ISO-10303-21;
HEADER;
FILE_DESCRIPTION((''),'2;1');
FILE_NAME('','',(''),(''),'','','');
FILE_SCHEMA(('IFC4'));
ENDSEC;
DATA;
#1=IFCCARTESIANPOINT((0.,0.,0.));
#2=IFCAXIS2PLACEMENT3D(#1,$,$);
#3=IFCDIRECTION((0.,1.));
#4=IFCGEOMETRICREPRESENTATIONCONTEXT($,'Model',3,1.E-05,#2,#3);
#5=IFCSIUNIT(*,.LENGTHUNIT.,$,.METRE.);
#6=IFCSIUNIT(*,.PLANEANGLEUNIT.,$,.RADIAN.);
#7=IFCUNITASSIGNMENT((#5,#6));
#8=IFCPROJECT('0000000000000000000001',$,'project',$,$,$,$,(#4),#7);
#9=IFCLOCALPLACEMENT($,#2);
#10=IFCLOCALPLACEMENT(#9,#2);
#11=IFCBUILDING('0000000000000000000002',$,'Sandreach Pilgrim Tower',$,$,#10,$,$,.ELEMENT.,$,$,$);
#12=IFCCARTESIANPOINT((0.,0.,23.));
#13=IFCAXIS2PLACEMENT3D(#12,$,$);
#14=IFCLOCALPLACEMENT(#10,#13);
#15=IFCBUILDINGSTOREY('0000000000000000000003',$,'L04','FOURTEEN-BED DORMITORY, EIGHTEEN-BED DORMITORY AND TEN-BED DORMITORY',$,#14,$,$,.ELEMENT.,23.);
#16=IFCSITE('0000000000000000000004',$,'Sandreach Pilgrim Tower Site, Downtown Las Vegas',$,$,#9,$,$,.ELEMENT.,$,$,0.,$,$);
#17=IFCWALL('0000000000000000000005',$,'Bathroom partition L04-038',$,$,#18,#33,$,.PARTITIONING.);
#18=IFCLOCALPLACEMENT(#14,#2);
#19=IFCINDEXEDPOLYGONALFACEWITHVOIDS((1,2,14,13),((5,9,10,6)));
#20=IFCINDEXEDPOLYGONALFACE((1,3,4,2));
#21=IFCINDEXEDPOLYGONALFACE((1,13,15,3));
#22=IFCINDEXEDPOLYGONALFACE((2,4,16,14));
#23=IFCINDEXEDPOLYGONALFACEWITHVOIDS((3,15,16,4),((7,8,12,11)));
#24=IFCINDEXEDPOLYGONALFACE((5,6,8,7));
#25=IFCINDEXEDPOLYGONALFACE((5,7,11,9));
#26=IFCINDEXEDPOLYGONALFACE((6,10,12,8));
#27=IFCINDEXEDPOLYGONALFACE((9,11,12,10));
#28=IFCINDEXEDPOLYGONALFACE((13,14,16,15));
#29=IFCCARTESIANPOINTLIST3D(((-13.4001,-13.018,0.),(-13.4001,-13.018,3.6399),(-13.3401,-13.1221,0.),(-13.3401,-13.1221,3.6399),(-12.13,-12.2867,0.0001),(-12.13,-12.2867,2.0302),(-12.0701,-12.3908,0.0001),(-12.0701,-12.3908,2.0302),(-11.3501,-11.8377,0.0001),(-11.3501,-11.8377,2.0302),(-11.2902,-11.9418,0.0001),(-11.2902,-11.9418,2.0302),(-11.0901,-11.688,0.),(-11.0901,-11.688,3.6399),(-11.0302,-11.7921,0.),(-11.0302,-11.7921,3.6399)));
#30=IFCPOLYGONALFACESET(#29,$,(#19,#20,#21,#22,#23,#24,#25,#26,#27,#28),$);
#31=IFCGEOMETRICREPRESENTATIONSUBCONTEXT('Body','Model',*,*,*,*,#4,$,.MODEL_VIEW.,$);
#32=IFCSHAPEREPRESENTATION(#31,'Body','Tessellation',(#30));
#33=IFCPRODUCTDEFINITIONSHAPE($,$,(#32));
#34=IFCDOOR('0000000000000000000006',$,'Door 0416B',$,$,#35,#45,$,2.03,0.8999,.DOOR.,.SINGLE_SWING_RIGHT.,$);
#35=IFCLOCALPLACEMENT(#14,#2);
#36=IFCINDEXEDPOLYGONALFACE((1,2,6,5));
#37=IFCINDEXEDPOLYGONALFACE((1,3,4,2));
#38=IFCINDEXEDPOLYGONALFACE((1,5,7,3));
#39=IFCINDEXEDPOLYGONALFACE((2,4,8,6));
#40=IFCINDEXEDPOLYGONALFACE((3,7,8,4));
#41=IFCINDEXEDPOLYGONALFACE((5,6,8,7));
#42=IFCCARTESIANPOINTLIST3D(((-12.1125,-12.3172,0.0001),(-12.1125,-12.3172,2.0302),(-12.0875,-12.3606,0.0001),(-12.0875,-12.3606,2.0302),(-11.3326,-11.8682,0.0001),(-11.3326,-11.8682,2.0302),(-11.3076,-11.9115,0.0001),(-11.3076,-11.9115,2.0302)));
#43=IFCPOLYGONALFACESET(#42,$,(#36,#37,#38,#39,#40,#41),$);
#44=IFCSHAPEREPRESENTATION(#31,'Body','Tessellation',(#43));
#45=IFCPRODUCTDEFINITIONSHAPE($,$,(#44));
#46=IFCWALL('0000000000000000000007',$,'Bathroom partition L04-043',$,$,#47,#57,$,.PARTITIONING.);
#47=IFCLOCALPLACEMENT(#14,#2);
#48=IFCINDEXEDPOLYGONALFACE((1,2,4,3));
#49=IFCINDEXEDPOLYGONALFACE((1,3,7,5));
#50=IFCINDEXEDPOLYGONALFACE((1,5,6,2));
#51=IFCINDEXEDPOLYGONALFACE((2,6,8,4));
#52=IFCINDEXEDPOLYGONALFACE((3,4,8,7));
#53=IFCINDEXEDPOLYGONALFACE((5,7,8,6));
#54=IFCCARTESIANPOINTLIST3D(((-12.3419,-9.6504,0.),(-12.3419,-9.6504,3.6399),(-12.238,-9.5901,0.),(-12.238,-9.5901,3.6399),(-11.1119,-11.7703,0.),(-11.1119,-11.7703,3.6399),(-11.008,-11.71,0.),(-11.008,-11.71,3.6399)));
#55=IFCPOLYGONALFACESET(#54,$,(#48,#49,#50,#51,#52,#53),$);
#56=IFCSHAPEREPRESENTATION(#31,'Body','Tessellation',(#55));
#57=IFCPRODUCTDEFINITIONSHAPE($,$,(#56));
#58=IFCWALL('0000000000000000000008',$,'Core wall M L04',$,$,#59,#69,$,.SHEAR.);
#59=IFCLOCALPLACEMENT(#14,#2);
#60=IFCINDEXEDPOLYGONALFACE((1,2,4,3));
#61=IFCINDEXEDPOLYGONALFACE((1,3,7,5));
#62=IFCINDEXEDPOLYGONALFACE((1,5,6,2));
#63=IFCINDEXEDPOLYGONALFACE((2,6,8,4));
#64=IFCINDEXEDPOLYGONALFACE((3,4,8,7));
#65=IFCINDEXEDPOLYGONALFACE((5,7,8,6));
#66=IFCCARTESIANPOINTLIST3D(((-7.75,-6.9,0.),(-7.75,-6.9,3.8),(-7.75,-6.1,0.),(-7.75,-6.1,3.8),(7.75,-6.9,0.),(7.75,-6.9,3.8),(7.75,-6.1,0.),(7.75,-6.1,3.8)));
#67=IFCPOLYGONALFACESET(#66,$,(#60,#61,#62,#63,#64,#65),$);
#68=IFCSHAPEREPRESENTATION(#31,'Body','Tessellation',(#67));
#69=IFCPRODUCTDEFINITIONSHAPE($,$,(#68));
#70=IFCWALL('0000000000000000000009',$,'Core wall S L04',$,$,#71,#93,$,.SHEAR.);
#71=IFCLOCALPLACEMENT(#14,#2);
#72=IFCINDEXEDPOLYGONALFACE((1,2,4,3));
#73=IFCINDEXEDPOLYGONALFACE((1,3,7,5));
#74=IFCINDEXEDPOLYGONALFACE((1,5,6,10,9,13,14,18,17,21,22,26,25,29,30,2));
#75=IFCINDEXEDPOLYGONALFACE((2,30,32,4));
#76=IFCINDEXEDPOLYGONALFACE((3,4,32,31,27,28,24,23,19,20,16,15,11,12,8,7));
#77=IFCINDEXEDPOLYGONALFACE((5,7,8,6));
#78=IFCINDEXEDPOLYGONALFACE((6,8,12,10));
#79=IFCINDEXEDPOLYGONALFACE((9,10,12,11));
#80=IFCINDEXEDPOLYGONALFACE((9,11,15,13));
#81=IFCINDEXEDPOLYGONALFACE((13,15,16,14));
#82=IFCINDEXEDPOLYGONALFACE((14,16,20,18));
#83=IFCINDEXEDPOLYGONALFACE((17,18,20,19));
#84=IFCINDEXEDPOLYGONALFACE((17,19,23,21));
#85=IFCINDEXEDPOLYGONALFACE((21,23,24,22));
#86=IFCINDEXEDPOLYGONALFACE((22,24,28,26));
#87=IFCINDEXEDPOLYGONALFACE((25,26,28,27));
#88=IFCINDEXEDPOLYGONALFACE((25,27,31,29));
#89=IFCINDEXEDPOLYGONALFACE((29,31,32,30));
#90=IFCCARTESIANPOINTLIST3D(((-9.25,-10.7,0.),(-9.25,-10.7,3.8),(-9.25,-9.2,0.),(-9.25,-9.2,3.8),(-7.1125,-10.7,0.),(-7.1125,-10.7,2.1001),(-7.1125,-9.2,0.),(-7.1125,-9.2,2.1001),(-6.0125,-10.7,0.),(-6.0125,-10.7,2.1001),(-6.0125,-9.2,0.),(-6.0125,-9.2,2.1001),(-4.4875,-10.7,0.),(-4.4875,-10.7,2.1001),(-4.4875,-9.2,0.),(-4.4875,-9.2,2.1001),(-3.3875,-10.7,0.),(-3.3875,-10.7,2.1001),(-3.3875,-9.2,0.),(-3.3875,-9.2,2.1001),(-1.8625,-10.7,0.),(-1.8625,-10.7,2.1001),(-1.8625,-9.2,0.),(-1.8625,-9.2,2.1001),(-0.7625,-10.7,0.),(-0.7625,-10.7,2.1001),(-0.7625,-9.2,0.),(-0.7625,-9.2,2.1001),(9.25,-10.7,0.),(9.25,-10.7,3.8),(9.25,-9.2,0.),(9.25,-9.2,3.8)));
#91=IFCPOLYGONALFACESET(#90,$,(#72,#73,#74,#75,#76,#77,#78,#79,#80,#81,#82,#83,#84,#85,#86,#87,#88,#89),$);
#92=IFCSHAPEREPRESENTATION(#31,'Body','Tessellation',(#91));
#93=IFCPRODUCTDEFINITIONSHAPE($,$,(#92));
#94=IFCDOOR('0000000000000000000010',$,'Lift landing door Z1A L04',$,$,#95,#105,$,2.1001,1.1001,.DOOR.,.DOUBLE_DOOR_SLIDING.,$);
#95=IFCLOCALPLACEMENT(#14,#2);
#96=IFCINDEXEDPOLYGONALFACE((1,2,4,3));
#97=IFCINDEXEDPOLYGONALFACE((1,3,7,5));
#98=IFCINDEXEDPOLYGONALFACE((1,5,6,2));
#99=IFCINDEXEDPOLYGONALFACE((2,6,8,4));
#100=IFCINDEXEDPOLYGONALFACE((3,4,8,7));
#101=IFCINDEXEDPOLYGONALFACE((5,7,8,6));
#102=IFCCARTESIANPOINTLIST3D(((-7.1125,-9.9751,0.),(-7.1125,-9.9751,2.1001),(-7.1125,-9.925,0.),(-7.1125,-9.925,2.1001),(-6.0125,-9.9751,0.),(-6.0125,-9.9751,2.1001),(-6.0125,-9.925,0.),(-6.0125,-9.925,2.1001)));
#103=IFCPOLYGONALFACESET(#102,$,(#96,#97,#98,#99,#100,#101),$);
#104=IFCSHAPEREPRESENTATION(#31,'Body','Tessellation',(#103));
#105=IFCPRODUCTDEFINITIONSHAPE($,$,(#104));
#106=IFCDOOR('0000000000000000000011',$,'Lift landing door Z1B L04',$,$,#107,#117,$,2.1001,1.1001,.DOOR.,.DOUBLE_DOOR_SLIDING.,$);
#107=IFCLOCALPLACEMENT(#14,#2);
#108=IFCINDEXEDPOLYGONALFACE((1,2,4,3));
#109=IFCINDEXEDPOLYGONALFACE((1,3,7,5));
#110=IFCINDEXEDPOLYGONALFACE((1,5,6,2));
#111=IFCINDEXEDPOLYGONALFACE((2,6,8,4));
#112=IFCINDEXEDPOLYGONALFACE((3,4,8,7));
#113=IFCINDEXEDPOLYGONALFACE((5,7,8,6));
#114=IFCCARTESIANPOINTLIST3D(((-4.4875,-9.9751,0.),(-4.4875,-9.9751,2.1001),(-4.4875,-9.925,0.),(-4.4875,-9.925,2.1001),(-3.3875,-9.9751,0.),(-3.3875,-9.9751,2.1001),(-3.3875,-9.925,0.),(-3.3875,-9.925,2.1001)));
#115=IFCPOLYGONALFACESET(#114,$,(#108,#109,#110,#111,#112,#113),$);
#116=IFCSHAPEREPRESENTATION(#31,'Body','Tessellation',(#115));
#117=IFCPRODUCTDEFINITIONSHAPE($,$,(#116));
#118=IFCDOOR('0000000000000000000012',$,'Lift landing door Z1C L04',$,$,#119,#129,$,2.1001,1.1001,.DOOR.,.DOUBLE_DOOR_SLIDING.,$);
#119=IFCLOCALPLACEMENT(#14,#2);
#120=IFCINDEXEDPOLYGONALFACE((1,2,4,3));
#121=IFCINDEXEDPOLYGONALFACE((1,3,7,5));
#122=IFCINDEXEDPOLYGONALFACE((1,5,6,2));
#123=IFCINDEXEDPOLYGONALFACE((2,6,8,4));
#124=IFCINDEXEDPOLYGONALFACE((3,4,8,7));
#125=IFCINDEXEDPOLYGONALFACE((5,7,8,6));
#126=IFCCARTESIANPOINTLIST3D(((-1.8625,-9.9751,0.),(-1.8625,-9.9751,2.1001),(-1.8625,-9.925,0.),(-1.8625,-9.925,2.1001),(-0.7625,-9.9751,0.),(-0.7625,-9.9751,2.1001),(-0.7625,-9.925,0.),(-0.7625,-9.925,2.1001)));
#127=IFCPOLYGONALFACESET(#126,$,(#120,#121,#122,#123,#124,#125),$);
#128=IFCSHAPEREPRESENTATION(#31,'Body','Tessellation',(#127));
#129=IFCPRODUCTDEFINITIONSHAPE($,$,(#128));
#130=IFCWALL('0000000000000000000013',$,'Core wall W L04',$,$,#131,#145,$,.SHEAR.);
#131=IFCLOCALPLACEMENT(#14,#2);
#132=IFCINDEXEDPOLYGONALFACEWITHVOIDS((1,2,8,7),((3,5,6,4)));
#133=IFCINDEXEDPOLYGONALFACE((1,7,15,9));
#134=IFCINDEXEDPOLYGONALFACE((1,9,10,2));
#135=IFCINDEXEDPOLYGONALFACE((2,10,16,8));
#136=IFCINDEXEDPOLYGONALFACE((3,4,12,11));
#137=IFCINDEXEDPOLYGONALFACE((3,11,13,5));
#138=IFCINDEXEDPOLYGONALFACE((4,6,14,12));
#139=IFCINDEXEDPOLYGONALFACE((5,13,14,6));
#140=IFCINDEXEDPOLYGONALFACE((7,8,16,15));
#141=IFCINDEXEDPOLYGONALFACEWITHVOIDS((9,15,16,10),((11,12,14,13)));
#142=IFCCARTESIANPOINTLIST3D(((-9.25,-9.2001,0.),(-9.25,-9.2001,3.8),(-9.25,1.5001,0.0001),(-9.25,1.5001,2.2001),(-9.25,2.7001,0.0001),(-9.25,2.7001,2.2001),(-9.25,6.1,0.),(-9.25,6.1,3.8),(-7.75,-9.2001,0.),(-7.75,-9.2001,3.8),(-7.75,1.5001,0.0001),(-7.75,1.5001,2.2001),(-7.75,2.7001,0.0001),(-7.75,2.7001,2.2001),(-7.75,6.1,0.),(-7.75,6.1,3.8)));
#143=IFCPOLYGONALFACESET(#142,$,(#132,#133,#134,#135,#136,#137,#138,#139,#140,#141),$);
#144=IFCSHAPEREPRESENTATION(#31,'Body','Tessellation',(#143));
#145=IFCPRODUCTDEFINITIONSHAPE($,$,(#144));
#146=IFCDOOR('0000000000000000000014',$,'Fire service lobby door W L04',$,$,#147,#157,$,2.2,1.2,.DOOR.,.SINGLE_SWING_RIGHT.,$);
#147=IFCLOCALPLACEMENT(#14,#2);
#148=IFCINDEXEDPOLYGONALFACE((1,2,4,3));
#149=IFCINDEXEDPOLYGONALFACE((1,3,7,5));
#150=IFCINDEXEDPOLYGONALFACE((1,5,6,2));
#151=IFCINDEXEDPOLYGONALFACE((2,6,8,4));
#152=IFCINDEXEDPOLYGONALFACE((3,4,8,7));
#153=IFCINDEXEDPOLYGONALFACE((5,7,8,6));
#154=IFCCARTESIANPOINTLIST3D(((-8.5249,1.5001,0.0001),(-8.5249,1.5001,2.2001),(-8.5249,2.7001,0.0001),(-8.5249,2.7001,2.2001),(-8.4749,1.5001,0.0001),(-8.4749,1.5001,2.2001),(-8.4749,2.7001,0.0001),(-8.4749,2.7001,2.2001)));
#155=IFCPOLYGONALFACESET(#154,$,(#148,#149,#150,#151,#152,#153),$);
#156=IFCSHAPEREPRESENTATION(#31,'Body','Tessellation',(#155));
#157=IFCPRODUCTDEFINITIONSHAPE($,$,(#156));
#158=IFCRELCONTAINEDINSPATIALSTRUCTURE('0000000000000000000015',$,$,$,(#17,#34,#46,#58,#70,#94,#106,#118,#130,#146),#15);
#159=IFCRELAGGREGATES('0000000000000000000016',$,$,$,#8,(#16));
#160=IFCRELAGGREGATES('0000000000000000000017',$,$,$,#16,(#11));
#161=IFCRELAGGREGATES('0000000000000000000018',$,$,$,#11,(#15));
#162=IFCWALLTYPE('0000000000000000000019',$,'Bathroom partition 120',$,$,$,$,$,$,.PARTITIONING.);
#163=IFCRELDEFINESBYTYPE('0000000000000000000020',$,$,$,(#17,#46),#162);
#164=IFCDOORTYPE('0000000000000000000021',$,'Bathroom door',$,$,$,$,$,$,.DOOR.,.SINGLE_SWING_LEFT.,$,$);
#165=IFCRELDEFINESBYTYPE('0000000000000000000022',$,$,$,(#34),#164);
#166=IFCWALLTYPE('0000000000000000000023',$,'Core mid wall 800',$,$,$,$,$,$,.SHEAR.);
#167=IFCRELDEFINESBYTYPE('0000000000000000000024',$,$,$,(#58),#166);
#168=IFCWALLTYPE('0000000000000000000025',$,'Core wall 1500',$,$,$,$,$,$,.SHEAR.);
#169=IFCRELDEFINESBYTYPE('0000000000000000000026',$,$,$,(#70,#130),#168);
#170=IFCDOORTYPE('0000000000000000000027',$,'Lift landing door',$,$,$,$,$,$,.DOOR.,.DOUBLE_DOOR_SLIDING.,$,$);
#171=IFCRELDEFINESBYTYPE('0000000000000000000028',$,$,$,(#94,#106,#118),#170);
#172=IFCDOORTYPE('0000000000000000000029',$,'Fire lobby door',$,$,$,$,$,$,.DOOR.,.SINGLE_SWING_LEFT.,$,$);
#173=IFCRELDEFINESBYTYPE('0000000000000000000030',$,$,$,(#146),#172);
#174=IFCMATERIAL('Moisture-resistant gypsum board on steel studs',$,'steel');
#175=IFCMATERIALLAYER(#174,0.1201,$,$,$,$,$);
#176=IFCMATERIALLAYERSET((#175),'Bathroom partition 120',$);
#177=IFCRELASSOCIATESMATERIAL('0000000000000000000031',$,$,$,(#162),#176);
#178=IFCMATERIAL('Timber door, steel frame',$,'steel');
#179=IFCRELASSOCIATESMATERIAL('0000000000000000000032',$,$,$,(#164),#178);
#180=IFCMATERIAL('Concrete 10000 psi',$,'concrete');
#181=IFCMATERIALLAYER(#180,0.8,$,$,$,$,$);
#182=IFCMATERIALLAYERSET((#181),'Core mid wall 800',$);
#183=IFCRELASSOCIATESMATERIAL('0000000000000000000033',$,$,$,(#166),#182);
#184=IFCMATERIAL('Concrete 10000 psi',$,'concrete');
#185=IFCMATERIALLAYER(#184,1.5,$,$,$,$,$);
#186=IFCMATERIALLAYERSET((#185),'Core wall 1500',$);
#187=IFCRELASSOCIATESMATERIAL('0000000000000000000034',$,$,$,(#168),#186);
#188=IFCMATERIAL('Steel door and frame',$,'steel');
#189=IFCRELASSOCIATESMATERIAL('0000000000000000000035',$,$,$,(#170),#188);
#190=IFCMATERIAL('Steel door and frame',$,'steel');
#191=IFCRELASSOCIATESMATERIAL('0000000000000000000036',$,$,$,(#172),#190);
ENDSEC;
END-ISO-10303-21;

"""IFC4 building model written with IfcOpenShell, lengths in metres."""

from ifc_helpers import new_model, si_unit, direction, frame, frame_2d, origin, place, context, subcontext, project, spatial, rectangle, extrude, material, layer, layer_set, type_object, element, fill, save


model = new_model("IFC4")

# Units and contexts
model_context = context("Model", 3, precision=1e-05, world=origin(), true_north=direction((0.0, 1.0)))
body_context = subcontext(model_context, "Body", "Model", "MODEL_VIEW")
ifc_project = project(units=[si_unit("LENGTHUNIT", "METRE"), si_unit("PLANEANGLEUNIT", "RADIAN")], contexts=[model_context])

# Site, building, storey
site_placement = place(None, origin())
site = spatial("IfcSite", under=ifc_project, at=site_placement, Name="Sandreach Pilgrim Tower Site, Downtown Las Vegas", CompositionType="ELEMENT", RefElevation=0.0)
building_placement = place(site_placement, origin())
building = spatial("IfcBuilding", under=site, at=building_placement, Name="Sandreach Pilgrim Tower", CompositionType="ELEMENT")
storey_placement = place(building_placement, frame((0.0, 0.0, 23.0)))
storey = spatial("IfcBuildingStorey", under=building, at=storey_placement, Name="L04", Description="FOURTEEN-BED DORMITORY, EIGHTEEN-BED DORMITORY AND TEN-BED DORMITORY", CompositionType="ELEMENT", Elevation=23.0)

# Shared definitions
ifc_material_1 = material(Name="Moisture-resistant gypsum board on steel studs", Category="steel")
ifc_layer_1 = layer(ifc_material_1, 0.1201)
ifc_layer_set_1 = layer_set([ifc_layer_1], Name="Bathroom partition 120")
wall_type_1 = type_object("IfcWallType", Name="Bathroom partition 120", PredefinedType="PARTITIONING", material=ifc_layer_set_1)

# Shared definitions
ifc_material_2 = material(Name="Timber door, steel frame", Category="steel")
door_type_1 = type_object("IfcDoorType", Name="Bathroom door", OperationType="SINGLE_SWING_LEFT", PredefinedType="DOOR", material=ifc_material_2)

# Wall, opening, door
wall_1_placement = place(storey_placement, frame((-13.3701, -13.0701, 0.0), z_axis=(0.0, 0.0, 1.0), x_axis=(0.866615, 0.498977, 0.0)))
wall_1 = element("IfcWall", 1, at=wall_1_placement, inside=storey, type_object=wall_type_1, Name="Bathroom partition L04-038", PredefinedType="PARTITIONING", context=body_context, shape_type="SweptSolid", body=[
    extrude(rectangle(XDim=2.6655, YDim=0.1201, at=frame_2d((1.3328, 0.0))), origin(), (0.0, 0.0, 1.0), 3.6399),
])
opening_1_placement = place(wall_1_placement, frame((1.4656, 0.0, 0.0)))
opening_1 = element("IfcOpeningElement", 2, at=opening_1_placement, cuts=wall_1, PredefinedType="OPENING", context=body_context, shape_type="SweptSolid", body=[
    extrude(rectangle(XDim=0.8999, YDim=2.03, at=frame_2d((0.45, 1.0151))), frame((0.0, 0.0601, 0.0), z_axis=(0.0, -1.0, 0.0), x_axis=(1.0, 0.0, 0.0)), (0.0, 0.0, 1.0), 0.1201),
])
door_1_placement = place(opening_1_placement, origin())
door_1 = element("IfcDoor", 3, at=door_1_placement, inside=storey, type_object=door_type_1, Name="Door 0416B", OperationType="SINGLE_SWING_RIGHT", OverallHeight=2.03, OverallWidth=0.8999, PredefinedType="DOOR", context=body_context, shape_type="SweptSolid", body=[
    extrude(rectangle(XDim=0.8999, YDim=2.03, at=frame_2d((0.45, 1.0151))), frame((0.0, 0.0249, 0.0), z_axis=(0.0, -1.0, 0.0), x_axis=(1.0, 0.0, 0.0)), (0.0, 0.0, 1.0), 0.05),
])
fill(opening_1, door_1)

# Walls
wall_2_placement = place(storey_placement, frame((-12.29, -9.6201, 0.0), z_axis=(0.0, 0.0, 1.0), x_axis=(0.501857, -0.864951, 0.0)))
element("IfcWall", 4, at=wall_2_placement, inside=storey, type_object=wall_type_1, Name="Bathroom partition L04-043", PredefinedType="PARTITIONING", context=body_context, shape_type="SweptSolid", body=[
    extrude(rectangle(XDim=2.4509, YDim=0.1201, at=frame_2d((1.2256, 0.0))), origin(), (0.0, 0.0, 1.0), 3.6399),
])
ifc_material_3 = material(Name="Concrete 10000 psi", Category="concrete")
ifc_layer_2 = layer(ifc_material_3, 0.8)
ifc_layer_set_2 = layer_set([ifc_layer_2], Name="Core mid wall 800")
wall_type_2 = type_object("IfcWallType", Name="Core mid wall 800", PredefinedType="SHEAR", material=ifc_layer_set_2)
wall_3_placement = place(storey_placement, frame((-7.75, -6.5, 0.0), z_axis=(0.0, 0.0, 1.0), x_axis=(1.0, 0.0, 0.0)))
element("IfcWall", 5, at=wall_3_placement, inside=storey, type_object=wall_type_2, Name="Core wall M L04", PredefinedType="SHEAR", context=body_context, shape_type="SweptSolid", body=[
    extrude(rectangle(XDim=15.5, YDim=0.8, at=frame_2d((7.75, 0.0))), origin(), (0.0, 0.0, 1.0), 3.8),
])

# Wall, openings, doors
ifc_material_4 = material(Name="Concrete 10000 psi", Category="concrete")
ifc_layer_3 = layer(ifc_material_4, 1.5)
ifc_layer_set_3 = layer_set([ifc_layer_3], Name="Core wall 1500")
wall_type_3 = type_object("IfcWallType", Name="Core wall 1500", PredefinedType="SHEAR", material=ifc_layer_set_3)
wall_4_placement = place(storey_placement, frame((-9.25, -9.95, 0.0), z_axis=(0.0, 0.0, 1.0), x_axis=(1.0, 0.0, 0.0)))
wall_4 = element("IfcWall", 6, at=wall_4_placement, inside=storey, type_object=wall_type_3, Name="Core wall S L04", PredefinedType="SHEAR", context=body_context, shape_type="SweptSolid", body=[
    extrude(rectangle(XDim=18.5, YDim=1.5, at=frame_2d((9.25, 0.0))), origin(), (0.0, 0.0, 1.0), 3.8),
])
opening_2_placement = place(wall_4_placement, frame((2.1375, 0.0, 0.0)))
opening_2 = element("IfcOpeningElement", 7, at=opening_2_placement, cuts=wall_4, PredefinedType="OPENING", context=body_context, shape_type="SweptSolid", body=[
    extrude(rectangle(XDim=1.1001, YDim=2.1001, at=frame_2d((0.55, 1.05))), frame((0.0, 0.75, 0.0), z_axis=(0.0, -1.0, 0.0), x_axis=(1.0, 0.0, 0.0)), (0.0, 0.0, 1.0), 1.5),
])
opening_3_placement = place(wall_4_placement, frame((4.7625, 0.0, 0.0)))
opening_3 = element("IfcOpeningElement", 8, at=opening_3_placement, cuts=wall_4, PredefinedType="OPENING", context=body_context, shape_type="SweptSolid", body=[
    extrude(rectangle(XDim=1.1001, YDim=2.1001, at=frame_2d((0.55, 1.05))), frame((0.0, 0.75, 0.0), z_axis=(0.0, -1.0, 0.0), x_axis=(1.0, 0.0, 0.0)), (0.0, 0.0, 1.0), 1.5),
])
opening_4_placement = place(wall_4_placement, frame((7.3875, 0.0, 0.0)))
opening_4 = element("IfcOpeningElement", 9, at=opening_4_placement, cuts=wall_4, PredefinedType="OPENING", context=body_context, shape_type="SweptSolid", body=[
    extrude(rectangle(XDim=1.1001, YDim=2.1001, at=frame_2d((0.55, 1.05))), frame((0.0, 0.75, 0.0), z_axis=(0.0, -1.0, 0.0), x_axis=(1.0, 0.0, 0.0)), (0.0, 0.0, 1.0), 1.5),
])
ifc_material_5 = material(Name="Steel door and frame", Category="steel")
door_type_2 = type_object("IfcDoorType", Name="Lift landing door", OperationType="DOUBLE_DOOR_SLIDING", PredefinedType="DOOR", material=ifc_material_5)
door_2_placement = place(opening_2_placement, origin())
door_2 = element("IfcDoor", 10, at=door_2_placement, inside=storey, type_object=door_type_2, Name="Lift landing door Z1A L04", OperationType="DOUBLE_DOOR_SLIDING", OverallHeight=2.1001, OverallWidth=1.1001, PredefinedType="DOOR", context=body_context, shape_type="SweptSolid", body=[
    extrude(rectangle(XDim=1.1001, YDim=2.1001, at=frame_2d((0.55, 1.05))), frame((0.0, 0.0249, 0.0), z_axis=(0.0, -1.0, 0.0), x_axis=(1.0, 0.0, 0.0)), (0.0, 0.0, 1.0), 0.05),
])
fill(opening_2, door_2)
door_3_placement = place(opening_3_placement, origin())
door_3 = element("IfcDoor", 11, at=door_3_placement, inside=storey, type_object=door_type_2, Name="Lift landing door Z1B L04", OperationType="DOUBLE_DOOR_SLIDING", OverallHeight=2.1001, OverallWidth=1.1001, PredefinedType="DOOR", context=body_context, shape_type="SweptSolid", body=[
    extrude(rectangle(XDim=1.1001, YDim=2.1001, at=frame_2d((0.55, 1.05))), frame((0.0, 0.0249, 0.0), z_axis=(0.0, -1.0, 0.0), x_axis=(1.0, 0.0, 0.0)), (0.0, 0.0, 1.0), 0.05),
])
fill(opening_3, door_3)
door_4_placement = place(opening_4_placement, origin())
door_4 = element("IfcDoor", 12, at=door_4_placement, inside=storey, type_object=door_type_2, Name="Lift landing door Z1C L04", OperationType="DOUBLE_DOOR_SLIDING", OverallHeight=2.1001, OverallWidth=1.1001, PredefinedType="DOOR", context=body_context, shape_type="SweptSolid", body=[
    extrude(rectangle(XDim=1.1001, YDim=2.1001, at=frame_2d((0.55, 1.05))), frame((0.0, 0.0249, 0.0), z_axis=(0.0, -1.0, 0.0), x_axis=(1.0, 0.0, 0.0)), (0.0, 0.0, 1.0), 0.05),
])
fill(opening_4, door_4)

# Wall, opening, door
wall_5_placement = place(storey_placement, frame((-8.5, -9.2, 0.0), z_axis=(0.0, 0.0, 1.0), x_axis=(0.0, 1.0, 0.0)))
wall_5 = element("IfcWall", 13, at=wall_5_placement, inside=storey, type_object=wall_type_3, Name="Core wall W L04", PredefinedType="SHEAR", context=body_context, shape_type="SweptSolid", body=[
    extrude(rectangle(XDim=15.3, YDim=1.5, at=frame_2d((7.6499, 0.0))), origin(), (0.0, 0.0, 1.0), 3.8),
])
opening_5_placement = place(wall_5_placement, frame((10.7, 0.0, 0.0)))
opening_5 = element("IfcOpeningElement", 14, at=opening_5_placement, cuts=wall_5, PredefinedType="OPENING", context=body_context, shape_type="SweptSolid", body=[
    extrude(rectangle(XDim=1.2, YDim=2.2, at=frame_2d((0.6001, 1.1001))), frame((0.0, 0.75, 0.0), z_axis=(0.0, -1.0, 0.0), x_axis=(1.0, 0.0, 0.0)), (0.0, 0.0, 1.0), 1.5),
])
ifc_material_6 = material(Name="Steel door and frame", Category="steel")
door_type_3 = type_object("IfcDoorType", Name="Fire lobby door", OperationType="SINGLE_SWING_LEFT", PredefinedType="DOOR", material=ifc_material_6)
door_5_placement = place(opening_5_placement, origin())
door_5 = element("IfcDoor", 15, at=door_5_placement, inside=storey, type_object=door_type_3, Name="Fire service lobby door W L04", OperationType="SINGLE_SWING_RIGHT", OverallHeight=2.2, OverallWidth=1.2, PredefinedType="DOOR", context=body_context, shape_type="SweptSolid", body=[
    extrude(rectangle(XDim=1.2, YDim=2.2, at=frame_2d((0.6001, 1.1001))), frame((0.0, 0.0249, 0.0), z_axis=(0.0, -1.0, 0.0), x_axis=(1.0, 0.0, 0.0)), (0.0, 0.0, 1.0), 0.05),
])
fill(opening_5, door_5)

save(model, "model.ifc")
